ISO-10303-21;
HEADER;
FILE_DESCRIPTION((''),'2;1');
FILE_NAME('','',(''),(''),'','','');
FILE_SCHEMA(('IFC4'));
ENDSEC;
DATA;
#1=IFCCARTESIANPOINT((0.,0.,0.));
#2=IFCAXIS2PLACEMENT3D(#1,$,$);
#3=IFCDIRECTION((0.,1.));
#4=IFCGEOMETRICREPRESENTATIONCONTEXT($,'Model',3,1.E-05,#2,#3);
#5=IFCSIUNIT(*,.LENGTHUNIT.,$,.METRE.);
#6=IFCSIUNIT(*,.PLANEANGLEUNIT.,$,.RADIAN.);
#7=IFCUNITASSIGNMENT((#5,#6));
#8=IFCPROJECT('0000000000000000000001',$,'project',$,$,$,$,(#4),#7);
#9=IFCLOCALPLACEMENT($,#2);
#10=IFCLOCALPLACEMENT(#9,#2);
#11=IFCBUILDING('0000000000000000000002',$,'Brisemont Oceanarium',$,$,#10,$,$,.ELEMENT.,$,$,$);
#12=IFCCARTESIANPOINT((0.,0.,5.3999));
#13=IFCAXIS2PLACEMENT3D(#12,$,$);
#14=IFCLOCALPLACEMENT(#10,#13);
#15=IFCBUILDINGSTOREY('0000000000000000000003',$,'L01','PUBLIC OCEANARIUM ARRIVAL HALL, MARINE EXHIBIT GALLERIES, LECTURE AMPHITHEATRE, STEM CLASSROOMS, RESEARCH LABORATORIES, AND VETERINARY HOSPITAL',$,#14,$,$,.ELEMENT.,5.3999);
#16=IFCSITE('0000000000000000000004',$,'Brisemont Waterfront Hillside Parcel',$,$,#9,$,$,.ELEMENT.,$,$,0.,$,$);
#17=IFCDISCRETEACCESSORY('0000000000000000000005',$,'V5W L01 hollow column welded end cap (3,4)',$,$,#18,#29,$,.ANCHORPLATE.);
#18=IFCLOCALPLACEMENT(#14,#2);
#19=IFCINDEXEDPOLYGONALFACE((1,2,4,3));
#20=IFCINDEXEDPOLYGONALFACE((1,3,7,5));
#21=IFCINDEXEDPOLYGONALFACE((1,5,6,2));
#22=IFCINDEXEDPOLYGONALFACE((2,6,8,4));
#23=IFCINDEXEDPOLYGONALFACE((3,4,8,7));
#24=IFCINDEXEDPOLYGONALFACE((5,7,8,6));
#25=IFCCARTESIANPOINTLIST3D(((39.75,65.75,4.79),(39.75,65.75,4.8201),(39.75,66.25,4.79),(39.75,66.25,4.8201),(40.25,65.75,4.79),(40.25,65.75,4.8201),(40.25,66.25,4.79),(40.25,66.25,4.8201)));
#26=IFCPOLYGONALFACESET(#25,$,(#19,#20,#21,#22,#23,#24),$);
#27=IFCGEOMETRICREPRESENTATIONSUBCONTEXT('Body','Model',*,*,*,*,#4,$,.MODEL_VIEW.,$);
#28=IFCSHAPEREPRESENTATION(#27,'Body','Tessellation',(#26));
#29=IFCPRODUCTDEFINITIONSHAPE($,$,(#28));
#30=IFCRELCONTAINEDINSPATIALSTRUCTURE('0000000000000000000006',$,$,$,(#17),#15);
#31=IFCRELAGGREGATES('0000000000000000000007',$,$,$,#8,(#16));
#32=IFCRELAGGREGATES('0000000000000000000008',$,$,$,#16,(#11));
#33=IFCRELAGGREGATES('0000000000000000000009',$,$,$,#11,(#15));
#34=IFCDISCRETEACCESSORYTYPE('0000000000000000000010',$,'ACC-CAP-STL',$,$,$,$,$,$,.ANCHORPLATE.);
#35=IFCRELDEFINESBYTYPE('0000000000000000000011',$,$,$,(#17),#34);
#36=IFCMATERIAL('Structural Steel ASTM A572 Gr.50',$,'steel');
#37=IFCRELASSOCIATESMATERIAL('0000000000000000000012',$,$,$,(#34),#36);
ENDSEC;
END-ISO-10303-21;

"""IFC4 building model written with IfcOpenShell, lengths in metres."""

from ifc_helpers import new_model, si_unit, direction, frame, origin, origin_2d, place, context, subcontext, project, spatial, rectangle, extrude, material, type_object, element, save


model = new_model("IFC4")

# Units and contexts
model_context = context("Model", 3, precision=1e-05, world=origin(), true_north=direction((0.0, 1.0)))
body_context = subcontext(model_context, "Body", "Model", "MODEL_VIEW")
ifc_project = project(units=[si_unit("LENGTHUNIT", "METRE"), si_unit("PLANEANGLEUNIT", "RADIAN")], contexts=[model_context])

# Site, building, storey
site_placement = place(None, origin())
site = spatial("IfcSite", under=ifc_project, at=site_placement, Name="Brisemont Waterfront Hillside Parcel", CompositionType="ELEMENT", RefElevation=0.0)
building_placement = place(site_placement, origin())
building = spatial("IfcBuilding", under=site, at=building_placement, Name="Brisemont Oceanarium", CompositionType="ELEMENT")
storey_placement = place(building_placement, frame((0.0, 0.0, 5.3999)))
storey = spatial("IfcBuildingStorey", under=building, at=storey_placement, Name="L01", Description="PUBLIC OCEANARIUM ARRIVAL HALL, MARINE EXHIBIT GALLERIES, LECTURE AMPHITHEATRE, STEM CLASSROOMS, RESEARCH LABORATORIES, AND VETERINARY HOSPITAL", CompositionType="ELEMENT", Elevation=5.3999)

# Discrete accessory
ifc_material_1 = material(Name="Structural Steel ASTM A572 Gr.50", Category="steel")
discrete_accessory_type = type_object("IfcDiscreteAccessoryType", Name="ACC-CAP-STL", PredefinedType="ANCHORPLATE", material=ifc_material_1)
for number, where, z_axis, x_axis, name in (
    (1, (40.0, 66.0, 4.79), (0.0, 0.0, 1.0), (1.0, 0.0, 0.0), "V5W L01 hollow column welded end cap (3,4)"),
):
    element("IfcDiscreteAccessory", number, at=place(storey_placement, frame(where, z_axis=z_axis, x_axis=x_axis)), inside=storey, type_object=discrete_accessory_type, Name=name, PredefinedType="ANCHORPLATE", context=body_context, shape_type="SweptSolid", body=[
        extrude(rectangle(XDim=0.5, YDim=0.5, at=origin_2d()), origin(), (0.0, 0.0, 1.0), 0.03),
    ])

save(model, "model.ifc")
